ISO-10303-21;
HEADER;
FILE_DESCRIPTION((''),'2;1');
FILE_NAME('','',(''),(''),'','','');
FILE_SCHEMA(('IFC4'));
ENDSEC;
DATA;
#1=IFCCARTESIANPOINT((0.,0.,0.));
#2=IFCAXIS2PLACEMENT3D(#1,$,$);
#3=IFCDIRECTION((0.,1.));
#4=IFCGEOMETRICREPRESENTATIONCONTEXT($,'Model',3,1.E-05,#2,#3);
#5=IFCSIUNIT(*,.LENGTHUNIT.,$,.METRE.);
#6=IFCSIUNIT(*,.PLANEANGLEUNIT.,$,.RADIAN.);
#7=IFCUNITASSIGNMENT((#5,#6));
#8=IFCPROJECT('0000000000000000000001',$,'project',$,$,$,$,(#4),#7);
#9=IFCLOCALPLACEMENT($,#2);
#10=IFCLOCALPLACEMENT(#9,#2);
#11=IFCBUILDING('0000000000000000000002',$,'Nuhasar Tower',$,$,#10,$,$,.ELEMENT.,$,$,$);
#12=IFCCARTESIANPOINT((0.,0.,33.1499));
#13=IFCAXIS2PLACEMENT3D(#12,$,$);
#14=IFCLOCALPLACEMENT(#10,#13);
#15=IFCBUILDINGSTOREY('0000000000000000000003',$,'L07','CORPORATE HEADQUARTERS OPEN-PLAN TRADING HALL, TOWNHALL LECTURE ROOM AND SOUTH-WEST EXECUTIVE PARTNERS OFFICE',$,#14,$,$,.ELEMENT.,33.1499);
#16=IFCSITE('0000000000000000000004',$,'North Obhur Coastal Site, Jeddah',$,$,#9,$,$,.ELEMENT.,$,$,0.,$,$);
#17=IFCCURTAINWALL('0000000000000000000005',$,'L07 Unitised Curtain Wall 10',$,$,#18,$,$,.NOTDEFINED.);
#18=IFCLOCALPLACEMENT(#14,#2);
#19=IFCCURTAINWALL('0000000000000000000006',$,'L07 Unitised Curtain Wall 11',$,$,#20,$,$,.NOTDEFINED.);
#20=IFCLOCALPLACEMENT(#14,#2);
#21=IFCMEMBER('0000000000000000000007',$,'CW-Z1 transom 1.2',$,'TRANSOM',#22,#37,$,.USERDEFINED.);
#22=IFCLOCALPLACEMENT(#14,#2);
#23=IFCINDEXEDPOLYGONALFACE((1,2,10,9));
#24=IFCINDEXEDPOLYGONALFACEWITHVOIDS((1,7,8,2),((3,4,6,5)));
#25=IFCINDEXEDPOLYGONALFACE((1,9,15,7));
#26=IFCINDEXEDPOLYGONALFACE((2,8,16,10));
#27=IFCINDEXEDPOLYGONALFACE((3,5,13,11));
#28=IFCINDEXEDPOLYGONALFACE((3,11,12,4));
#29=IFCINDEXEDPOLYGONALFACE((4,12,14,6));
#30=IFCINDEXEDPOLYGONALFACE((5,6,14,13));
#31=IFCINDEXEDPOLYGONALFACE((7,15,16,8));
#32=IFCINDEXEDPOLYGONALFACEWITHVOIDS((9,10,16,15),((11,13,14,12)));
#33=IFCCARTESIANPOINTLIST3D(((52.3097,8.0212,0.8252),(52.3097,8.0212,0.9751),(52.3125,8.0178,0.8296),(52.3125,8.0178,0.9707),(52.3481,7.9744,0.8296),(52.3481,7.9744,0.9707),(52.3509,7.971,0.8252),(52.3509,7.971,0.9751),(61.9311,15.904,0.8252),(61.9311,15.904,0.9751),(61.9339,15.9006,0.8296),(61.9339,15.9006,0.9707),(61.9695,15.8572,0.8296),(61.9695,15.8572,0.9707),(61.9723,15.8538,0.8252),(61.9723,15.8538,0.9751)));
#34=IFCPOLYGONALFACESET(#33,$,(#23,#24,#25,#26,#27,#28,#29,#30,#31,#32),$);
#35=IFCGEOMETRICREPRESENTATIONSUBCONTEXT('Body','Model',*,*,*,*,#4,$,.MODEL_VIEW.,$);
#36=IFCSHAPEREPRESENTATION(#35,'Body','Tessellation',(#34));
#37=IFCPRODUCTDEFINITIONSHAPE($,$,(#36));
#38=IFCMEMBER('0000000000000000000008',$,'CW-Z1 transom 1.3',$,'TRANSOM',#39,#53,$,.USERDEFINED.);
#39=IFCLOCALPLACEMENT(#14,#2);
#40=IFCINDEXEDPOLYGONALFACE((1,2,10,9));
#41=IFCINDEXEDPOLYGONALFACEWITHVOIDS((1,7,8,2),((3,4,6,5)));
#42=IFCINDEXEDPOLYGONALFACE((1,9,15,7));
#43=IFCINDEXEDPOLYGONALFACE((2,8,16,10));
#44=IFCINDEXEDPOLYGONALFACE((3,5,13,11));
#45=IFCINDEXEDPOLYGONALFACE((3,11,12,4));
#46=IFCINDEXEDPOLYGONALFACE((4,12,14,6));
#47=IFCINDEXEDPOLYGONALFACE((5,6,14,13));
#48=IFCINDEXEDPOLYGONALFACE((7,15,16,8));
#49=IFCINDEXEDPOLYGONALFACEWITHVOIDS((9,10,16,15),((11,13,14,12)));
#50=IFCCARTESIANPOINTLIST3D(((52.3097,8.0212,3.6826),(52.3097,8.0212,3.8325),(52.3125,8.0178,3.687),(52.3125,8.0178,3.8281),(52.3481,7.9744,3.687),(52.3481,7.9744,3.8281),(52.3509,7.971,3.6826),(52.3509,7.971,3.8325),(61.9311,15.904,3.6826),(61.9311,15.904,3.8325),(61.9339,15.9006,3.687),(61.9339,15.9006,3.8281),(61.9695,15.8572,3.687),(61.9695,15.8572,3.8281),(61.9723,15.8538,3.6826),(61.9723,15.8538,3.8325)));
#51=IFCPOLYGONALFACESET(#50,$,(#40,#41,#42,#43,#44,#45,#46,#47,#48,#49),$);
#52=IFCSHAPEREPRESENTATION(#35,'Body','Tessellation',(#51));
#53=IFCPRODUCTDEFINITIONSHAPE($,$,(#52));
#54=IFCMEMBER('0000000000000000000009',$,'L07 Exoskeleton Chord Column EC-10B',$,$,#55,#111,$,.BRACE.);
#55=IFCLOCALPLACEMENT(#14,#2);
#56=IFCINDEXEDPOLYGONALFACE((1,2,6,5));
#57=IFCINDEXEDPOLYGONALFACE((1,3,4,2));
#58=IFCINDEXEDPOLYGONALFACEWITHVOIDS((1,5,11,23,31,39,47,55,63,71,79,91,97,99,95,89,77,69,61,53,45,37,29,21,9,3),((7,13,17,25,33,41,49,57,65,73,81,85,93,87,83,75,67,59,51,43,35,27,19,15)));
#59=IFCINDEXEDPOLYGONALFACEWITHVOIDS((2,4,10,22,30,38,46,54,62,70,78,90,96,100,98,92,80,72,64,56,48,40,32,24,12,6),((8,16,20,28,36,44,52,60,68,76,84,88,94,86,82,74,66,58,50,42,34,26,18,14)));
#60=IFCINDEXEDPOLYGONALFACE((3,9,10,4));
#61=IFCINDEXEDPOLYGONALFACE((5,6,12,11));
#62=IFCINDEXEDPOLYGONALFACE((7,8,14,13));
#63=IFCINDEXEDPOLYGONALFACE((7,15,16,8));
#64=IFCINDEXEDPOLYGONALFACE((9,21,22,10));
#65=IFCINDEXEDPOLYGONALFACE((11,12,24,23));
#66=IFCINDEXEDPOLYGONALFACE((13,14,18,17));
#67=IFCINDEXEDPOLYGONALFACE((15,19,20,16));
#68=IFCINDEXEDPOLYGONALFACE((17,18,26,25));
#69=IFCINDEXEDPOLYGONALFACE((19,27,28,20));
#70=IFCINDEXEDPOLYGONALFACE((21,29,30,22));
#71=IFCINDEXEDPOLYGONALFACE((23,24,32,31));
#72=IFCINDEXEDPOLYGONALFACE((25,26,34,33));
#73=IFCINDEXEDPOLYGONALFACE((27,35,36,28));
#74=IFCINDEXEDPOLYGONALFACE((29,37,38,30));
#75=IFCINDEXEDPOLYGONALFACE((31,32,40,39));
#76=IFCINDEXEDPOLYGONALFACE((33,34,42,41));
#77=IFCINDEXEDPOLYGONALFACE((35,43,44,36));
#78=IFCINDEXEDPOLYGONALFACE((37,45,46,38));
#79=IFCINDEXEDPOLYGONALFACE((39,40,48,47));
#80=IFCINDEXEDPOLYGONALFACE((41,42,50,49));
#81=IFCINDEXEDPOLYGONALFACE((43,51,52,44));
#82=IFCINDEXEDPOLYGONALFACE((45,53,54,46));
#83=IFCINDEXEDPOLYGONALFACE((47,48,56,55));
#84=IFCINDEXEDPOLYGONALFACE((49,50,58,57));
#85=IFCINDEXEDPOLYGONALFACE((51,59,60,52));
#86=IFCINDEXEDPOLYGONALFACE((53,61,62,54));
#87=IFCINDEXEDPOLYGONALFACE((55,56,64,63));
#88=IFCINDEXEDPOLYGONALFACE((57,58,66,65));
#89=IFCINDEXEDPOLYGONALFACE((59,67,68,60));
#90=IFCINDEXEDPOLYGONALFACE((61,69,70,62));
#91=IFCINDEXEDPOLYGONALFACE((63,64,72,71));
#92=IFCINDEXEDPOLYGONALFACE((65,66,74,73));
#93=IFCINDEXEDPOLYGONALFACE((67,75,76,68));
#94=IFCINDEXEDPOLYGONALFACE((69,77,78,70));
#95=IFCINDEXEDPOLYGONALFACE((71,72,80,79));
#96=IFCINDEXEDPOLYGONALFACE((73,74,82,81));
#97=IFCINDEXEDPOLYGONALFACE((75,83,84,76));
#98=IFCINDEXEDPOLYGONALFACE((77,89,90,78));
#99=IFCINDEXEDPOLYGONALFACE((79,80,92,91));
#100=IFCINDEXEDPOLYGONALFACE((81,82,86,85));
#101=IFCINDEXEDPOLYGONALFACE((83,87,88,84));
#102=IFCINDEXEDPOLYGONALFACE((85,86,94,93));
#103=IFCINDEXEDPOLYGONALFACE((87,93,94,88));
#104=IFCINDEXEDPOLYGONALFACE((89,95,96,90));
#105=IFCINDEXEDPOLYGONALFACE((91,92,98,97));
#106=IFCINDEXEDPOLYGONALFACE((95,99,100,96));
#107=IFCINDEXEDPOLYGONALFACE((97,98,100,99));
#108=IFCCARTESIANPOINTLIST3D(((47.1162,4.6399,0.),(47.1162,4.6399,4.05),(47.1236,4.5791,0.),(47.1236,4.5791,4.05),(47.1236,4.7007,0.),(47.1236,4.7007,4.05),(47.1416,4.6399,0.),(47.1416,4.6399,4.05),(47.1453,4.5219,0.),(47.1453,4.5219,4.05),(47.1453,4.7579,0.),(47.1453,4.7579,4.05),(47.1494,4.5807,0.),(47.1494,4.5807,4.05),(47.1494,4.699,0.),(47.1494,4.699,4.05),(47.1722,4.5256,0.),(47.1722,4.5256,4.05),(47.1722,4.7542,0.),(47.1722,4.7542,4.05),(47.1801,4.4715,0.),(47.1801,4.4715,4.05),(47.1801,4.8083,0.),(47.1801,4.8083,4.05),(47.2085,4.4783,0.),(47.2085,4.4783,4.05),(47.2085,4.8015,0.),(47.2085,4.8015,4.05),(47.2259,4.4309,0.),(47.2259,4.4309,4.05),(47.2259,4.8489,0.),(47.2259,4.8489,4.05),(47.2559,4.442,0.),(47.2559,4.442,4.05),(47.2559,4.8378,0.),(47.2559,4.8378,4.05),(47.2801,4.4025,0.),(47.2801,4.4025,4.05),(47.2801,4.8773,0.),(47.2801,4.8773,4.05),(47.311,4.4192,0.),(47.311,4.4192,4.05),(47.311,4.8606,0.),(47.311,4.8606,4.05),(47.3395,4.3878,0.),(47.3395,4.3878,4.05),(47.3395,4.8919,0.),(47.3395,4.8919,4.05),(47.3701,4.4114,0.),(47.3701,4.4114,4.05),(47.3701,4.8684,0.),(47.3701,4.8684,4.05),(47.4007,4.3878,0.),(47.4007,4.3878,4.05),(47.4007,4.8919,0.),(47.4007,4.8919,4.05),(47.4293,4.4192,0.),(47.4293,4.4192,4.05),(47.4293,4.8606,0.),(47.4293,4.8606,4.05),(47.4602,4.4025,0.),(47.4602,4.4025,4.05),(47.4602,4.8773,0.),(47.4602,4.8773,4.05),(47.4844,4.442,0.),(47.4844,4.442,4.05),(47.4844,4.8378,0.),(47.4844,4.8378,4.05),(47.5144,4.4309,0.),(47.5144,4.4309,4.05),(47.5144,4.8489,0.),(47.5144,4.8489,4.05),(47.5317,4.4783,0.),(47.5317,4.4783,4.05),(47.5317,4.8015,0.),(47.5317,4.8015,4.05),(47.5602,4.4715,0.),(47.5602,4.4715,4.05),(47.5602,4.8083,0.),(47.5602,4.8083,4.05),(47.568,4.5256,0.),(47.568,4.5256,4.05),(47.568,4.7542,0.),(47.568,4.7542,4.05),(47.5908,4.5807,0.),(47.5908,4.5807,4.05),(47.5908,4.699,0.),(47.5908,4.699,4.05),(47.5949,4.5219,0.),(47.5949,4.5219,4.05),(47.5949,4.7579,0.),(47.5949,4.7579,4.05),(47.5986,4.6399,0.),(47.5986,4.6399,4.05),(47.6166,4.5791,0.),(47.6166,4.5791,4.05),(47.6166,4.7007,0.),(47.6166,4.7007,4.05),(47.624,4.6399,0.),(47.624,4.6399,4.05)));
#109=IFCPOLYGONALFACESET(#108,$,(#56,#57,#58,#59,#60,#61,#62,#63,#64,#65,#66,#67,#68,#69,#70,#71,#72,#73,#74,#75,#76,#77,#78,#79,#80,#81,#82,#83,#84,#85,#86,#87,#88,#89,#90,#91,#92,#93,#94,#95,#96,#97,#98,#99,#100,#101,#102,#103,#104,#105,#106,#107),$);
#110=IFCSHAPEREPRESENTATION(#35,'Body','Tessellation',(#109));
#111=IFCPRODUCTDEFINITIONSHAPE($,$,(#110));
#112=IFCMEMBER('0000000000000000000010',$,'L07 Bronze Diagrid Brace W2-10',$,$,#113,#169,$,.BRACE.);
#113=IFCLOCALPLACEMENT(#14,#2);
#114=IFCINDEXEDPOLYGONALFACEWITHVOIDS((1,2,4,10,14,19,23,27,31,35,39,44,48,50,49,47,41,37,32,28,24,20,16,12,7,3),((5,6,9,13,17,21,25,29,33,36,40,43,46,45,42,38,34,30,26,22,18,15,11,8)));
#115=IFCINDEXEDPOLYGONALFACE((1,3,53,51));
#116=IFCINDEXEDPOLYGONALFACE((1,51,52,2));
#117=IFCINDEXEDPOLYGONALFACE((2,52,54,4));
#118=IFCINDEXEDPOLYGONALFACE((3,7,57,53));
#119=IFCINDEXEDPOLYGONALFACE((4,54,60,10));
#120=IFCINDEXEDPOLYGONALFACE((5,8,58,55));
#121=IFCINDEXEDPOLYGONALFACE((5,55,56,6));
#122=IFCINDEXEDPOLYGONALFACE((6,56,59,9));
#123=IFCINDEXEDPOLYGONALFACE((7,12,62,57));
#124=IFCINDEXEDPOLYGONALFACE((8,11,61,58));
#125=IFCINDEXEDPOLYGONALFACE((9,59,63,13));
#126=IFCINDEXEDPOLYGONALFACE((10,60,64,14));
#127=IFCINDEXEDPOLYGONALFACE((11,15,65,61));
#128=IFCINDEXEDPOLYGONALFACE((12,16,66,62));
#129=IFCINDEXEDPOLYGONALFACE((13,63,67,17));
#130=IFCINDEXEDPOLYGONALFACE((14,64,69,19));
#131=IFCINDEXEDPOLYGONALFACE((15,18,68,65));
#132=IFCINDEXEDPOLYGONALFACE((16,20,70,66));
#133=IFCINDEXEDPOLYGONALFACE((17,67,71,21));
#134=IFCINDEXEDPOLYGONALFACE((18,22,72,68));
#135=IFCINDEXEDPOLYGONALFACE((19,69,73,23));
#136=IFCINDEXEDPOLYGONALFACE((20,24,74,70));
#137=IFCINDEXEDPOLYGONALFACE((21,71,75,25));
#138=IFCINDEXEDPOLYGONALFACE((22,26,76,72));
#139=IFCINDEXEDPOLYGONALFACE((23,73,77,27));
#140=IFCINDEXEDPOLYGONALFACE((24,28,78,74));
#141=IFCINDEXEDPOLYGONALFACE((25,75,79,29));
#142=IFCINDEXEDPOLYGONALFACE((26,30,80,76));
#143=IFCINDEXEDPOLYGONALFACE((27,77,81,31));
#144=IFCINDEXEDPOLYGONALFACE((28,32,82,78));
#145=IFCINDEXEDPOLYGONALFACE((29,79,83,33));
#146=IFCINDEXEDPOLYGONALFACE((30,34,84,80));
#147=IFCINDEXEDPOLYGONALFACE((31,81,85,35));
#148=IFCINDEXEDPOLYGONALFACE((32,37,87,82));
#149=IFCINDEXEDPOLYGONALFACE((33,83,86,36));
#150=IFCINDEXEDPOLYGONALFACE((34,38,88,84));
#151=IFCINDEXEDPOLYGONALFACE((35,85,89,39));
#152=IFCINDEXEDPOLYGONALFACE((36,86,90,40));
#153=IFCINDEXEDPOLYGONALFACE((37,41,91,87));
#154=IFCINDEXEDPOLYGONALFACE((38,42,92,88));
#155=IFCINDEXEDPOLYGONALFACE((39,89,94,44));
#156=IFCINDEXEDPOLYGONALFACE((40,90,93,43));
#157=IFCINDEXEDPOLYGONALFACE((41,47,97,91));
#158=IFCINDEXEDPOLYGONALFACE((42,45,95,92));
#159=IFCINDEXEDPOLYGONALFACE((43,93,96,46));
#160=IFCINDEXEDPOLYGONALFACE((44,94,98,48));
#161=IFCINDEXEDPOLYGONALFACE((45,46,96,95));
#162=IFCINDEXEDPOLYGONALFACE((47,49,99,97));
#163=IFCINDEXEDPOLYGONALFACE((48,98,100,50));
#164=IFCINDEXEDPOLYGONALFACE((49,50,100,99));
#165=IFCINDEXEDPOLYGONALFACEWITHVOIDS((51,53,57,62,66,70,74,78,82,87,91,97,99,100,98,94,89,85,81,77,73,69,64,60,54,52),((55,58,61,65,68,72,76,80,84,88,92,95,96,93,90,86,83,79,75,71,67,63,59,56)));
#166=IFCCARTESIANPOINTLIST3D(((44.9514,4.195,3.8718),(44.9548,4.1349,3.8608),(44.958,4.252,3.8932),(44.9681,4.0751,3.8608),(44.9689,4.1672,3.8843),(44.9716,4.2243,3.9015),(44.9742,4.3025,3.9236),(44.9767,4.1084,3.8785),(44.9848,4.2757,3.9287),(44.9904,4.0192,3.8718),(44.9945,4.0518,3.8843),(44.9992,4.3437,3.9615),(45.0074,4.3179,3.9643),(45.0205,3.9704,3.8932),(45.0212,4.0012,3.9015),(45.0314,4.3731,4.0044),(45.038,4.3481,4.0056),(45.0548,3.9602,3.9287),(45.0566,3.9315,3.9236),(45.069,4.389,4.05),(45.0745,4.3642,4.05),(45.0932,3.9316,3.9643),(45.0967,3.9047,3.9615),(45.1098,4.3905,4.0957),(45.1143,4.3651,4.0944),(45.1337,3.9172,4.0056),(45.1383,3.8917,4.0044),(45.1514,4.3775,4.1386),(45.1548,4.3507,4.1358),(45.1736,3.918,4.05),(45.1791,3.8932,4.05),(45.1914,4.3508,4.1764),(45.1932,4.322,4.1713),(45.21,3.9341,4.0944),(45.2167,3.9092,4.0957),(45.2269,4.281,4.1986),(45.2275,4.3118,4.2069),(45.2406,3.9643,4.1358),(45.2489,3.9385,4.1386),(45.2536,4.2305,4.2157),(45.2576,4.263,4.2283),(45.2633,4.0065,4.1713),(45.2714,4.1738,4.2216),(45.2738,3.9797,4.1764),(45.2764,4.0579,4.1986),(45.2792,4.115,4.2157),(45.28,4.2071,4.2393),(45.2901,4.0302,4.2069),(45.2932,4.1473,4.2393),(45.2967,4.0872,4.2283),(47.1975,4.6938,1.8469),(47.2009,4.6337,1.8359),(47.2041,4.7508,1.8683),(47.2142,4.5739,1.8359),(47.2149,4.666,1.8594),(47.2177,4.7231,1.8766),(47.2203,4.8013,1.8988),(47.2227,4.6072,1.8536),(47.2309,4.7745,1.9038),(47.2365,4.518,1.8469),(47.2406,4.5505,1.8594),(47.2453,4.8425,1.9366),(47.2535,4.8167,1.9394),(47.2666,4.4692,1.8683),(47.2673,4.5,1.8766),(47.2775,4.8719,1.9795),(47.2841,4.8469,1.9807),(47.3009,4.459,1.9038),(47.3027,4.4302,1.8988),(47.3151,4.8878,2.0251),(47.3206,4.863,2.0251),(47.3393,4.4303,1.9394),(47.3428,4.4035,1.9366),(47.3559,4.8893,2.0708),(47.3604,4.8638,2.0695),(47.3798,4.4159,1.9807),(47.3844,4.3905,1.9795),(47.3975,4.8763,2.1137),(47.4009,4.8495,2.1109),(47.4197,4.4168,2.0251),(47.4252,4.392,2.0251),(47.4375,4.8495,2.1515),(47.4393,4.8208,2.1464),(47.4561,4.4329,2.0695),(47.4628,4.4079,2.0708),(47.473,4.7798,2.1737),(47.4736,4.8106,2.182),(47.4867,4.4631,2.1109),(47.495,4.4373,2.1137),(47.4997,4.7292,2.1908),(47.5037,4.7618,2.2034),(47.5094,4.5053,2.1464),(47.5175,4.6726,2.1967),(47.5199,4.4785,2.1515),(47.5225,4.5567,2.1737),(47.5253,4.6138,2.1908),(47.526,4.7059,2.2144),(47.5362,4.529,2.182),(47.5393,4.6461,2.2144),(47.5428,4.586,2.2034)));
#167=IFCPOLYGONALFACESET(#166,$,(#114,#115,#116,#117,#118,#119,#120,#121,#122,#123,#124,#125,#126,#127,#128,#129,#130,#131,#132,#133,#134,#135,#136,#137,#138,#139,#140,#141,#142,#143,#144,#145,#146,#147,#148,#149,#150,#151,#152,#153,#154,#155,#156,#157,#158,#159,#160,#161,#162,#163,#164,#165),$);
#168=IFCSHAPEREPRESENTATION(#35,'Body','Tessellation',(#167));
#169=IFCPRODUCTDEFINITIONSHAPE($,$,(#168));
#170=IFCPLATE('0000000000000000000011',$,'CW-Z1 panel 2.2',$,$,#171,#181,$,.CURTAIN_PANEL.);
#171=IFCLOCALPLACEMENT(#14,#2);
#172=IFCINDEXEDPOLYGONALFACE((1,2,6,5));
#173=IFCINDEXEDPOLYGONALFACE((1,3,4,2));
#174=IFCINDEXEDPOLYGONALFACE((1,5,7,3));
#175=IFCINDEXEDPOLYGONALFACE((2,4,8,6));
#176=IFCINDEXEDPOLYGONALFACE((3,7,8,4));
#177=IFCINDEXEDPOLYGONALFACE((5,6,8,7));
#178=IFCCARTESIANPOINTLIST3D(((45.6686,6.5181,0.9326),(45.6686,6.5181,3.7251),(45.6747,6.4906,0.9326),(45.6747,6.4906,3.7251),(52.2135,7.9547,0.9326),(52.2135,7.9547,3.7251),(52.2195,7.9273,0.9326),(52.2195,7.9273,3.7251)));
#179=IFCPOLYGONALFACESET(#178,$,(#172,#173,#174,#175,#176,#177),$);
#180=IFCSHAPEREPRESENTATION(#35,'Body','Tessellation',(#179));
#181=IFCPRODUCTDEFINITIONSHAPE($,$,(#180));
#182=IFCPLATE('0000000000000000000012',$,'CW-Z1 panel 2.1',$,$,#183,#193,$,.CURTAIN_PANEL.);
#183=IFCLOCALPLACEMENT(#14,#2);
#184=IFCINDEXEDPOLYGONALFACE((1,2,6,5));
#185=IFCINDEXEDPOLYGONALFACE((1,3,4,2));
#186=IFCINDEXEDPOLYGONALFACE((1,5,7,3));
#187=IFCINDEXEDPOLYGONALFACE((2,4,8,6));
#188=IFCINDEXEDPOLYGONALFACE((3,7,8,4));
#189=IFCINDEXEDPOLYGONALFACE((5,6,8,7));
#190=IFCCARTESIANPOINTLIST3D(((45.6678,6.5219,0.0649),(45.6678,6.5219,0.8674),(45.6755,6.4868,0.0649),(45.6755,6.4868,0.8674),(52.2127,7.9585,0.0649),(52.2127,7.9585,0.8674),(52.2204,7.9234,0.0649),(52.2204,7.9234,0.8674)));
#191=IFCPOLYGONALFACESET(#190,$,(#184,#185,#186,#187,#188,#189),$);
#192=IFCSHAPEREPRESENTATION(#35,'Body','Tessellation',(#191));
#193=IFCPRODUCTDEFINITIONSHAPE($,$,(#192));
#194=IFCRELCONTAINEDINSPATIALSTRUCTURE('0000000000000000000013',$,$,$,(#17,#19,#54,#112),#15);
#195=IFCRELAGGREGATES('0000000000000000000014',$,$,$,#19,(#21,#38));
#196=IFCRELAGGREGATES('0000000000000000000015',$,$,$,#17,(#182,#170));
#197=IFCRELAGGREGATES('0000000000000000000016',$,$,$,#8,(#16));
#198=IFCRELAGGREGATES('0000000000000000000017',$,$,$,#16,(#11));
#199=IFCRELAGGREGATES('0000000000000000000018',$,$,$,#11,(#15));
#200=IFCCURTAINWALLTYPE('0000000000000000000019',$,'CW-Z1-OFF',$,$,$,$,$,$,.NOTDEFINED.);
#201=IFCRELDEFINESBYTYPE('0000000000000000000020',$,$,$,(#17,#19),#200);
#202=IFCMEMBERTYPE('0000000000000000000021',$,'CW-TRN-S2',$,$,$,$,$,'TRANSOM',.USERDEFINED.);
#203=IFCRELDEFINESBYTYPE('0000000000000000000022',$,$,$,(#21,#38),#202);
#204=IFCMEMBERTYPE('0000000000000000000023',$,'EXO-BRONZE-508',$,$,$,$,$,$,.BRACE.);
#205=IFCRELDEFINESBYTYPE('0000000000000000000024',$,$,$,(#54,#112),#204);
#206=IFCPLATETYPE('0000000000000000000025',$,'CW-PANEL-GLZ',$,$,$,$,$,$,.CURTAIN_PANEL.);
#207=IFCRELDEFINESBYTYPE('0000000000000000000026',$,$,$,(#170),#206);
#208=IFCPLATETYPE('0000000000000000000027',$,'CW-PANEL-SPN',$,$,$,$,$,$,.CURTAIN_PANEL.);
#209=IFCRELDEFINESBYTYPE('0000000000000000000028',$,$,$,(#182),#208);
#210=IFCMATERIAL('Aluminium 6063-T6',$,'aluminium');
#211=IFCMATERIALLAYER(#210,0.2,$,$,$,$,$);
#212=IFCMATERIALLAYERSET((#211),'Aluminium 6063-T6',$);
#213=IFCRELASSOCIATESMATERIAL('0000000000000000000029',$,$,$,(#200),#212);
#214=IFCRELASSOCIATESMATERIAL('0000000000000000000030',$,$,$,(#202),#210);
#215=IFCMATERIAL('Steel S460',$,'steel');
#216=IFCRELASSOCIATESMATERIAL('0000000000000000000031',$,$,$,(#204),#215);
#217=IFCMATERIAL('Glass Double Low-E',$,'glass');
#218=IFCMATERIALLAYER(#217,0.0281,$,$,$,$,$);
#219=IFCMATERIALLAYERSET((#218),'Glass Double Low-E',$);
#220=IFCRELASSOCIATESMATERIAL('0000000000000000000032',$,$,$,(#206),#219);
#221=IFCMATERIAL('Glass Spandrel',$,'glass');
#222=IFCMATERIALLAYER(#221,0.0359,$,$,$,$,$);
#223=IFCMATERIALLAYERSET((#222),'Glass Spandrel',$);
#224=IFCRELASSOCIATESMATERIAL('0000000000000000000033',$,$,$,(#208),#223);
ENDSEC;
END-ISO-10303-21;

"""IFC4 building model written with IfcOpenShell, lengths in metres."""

from ifc_helpers import new_model, si_unit, direction, frame, origin, origin_2d, place, context, subcontext, project, spatial, rectangle, hollow_rectangle, hollow_circle, extrude, material, layer, layer_set, material_profile, profile_set, type_object, element, aggregate, save


model = new_model("IFC4")

# Units and contexts
model_context = context("Model", 3, precision=1e-05, world=origin(), true_north=direction((0.0, 1.0)))
body_context = subcontext(model_context, "Body", "Model", "MODEL_VIEW")
ifc_project = project(units=[si_unit("LENGTHUNIT", "METRE"), si_unit("PLANEANGLEUNIT", "RADIAN")], contexts=[model_context])

# Site, building, storey
site_placement = place(None, origin())
site = spatial("IfcSite", under=ifc_project, at=site_placement, Name="North Obhur Coastal Site, Jeddah", CompositionType="ELEMENT", RefElevation=0.0)
building_placement = place(site_placement, origin())
building = spatial("IfcBuilding", under=site, at=building_placement, Name="Nuhasar Tower", CompositionType="ELEMENT")
storey_placement = place(building_placement, frame((0.0, 0.0, 33.1499)))
storey = spatial("IfcBuildingStorey", under=building, at=storey_placement, Name="L07", Description="CORPORATE HEADQUARTERS OPEN-PLAN TRADING HALL, TOWNHALL LECTURE ROOM AND SOUTH-WEST EXECUTIVE PARTNERS OFFICE", CompositionType="ELEMENT", Elevation=33.1499)

# Curtain wall
ifc_material_1 = material(Name="Aluminium 6063-T6", Category="aluminium")
ifc_layer_1 = layer(ifc_material_1, 0.2)
ifc_layer_set_1 = layer_set([ifc_layer_1], Name="Aluminium 6063-T6")
curtain_wall_type = type_object("IfcCurtainWallType", Name="CW-Z1-OFF", PredefinedType="NOTDEFINED", material=ifc_layer_set_1)
curtain_wall_1_placement = place(storey_placement, origin())
curtain_wall_1 = element("IfcCurtainWall", 1, at=curtain_wall_1_placement, inside=storey, type_object=curtain_wall_type, Name="L07 Unitised Curtain Wall 10", PredefinedType="NOTDEFINED")

# Curtain wall, members
curtain_wall_2_placement = place(storey_placement, origin())
curtain_wall_2 = element("IfcCurtainWall", 2, at=curtain_wall_2_placement, inside=storey, type_object=curtain_wall_type, Name="L07 Unitised Curtain Wall 11", PredefinedType="NOTDEFINED")
ifc_material_profile_1 = material_profile(ifc_material_1, hollow_rectangle(XDim=0.0649, YDim=0.1499, WallThickness=0.0044, at=origin_2d()), Name="CWT-2")
ifc_profile_set_1 = profile_set([ifc_material_profile_1], Name="Aluminium 6063-T6")
member_type_1 = type_object("IfcMemberType", Name="CW-TRN-S2", ElementType="TRANSOM", PredefinedType="USERDEFINED", material=ifc_profile_set_1)
member_1_placement = place(storey_placement, frame((52.3303, 7.9961, 0.9001), z_axis=(0.773531, 0.633758, 0.0), x_axis=(-0.633758, 0.773531, 0.0)))
member_1 = element("IfcMember", 3, at=member_1_placement, type_object=member_type_1, Name="CW-Z1 transom 1.2", ObjectType="TRANSOM", PredefinedType="USERDEFINED", context=body_context, shape_type="SweptSolid", body=[
    extrude(hollow_rectangle(XDim=0.0649, YDim=0.1499, WallThickness=0.0044, at=origin_2d()), origin(), (0.0, 0.0, 1.0), 12.4382),
])
member_2_placement = place(storey_placement, frame((52.3303, 7.9961, 3.7576), z_axis=(0.773531, 0.633758, 0.0), x_axis=(-0.633758, 0.773531, 0.0)))
member_2 = element("IfcMember", 4, at=member_2_placement, type_object=member_type_1, Name="CW-Z1 transom 1.3", ObjectType="TRANSOM", PredefinedType="USERDEFINED", context=body_context, shape_type="SweptSolid", body=[
    extrude(hollow_rectangle(XDim=0.0649, YDim=0.1499, WallThickness=0.0044, at=origin_2d()), origin(), (0.0, 0.0, 1.0), 12.4382),
])
aggregate(curtain_wall_2, [member_1, member_2])

# Members
ifc_material_2 = material(Name="Steel S460", Category="steel")
ifc_material_profile_2 = material_profile(ifc_material_2, hollow_circle(Radius=0.2539, WallThickness=0.0254, at=origin_2d()), Name="HSS508X25.4")
ifc_profile_set_2 = profile_set([ifc_material_profile_2], Name="Steel S460")
member_type_2 = type_object("IfcMemberType", Name="EXO-BRONZE-508", PredefinedType="BRACE", material=ifc_profile_set_2)
member_3_placement = place(storey_placement, frame((47.3701, 4.6399, 0.0), z_axis=(0.0, 0.0, 1.0), x_axis=(1.0, 0.0, 0.0)))
element("IfcMember", 5, at=member_3_placement, inside=storey, type_object=member_type_2, Name="L07 Exoskeleton Chord Column EC-10B", PredefinedType="BRACE", context=body_context, shape_type="SweptSolid", body=[
    extrude(hollow_circle(Radius=0.2539, WallThickness=0.0254, at=origin_2d()), origin(), (0.0, 0.0, 1.0), 4.05),
])
member_4_placement = place(storey_placement, frame((47.3701, 4.6399, 2.0251), z_axis=(-0.732831, -0.162736, 0.660663), x_axis=(0.216784, -0.97622, 0.0)))
element("IfcMember", 6, at=member_4_placement, inside=storey, type_object=member_type_2, Name="L07 Bronze Diagrid Brace W2-10", PredefinedType="BRACE", context=body_context, shape_type="SweptSolid", body=[
    extrude(hollow_circle(Radius=0.2539, WallThickness=0.0254, at=origin_2d()), origin(), (0.0, 0.0, 1.0), 3.0649),
])

# Plates
ifc_material_3 = material(Name="Glass Double Low-E", Category="glass")
ifc_layer_2 = layer(ifc_material_3, 0.0281)
ifc_layer_set_2 = layer_set([ifc_layer_2], Name="Glass Double Low-E")
plate_type_1 = type_object("IfcPlateType", Name="CW-PANEL-GLZ", PredefinedType="CURTAIN_PANEL", material=ifc_layer_set_2)
plate_1_placement = place(storey_placement, frame((48.9441, 7.2227, 0.9326), z_axis=(0.0, 0.0, 1.0), x_axis=(0.976746, 0.214399, 0.0)))
plate_1 = element("IfcPlate", 7, at=plate_1_placement, type_object=plate_type_1, Name="CW-Z1 panel 2.2", PredefinedType="CURTAIN_PANEL", context=body_context, shape_type="SweptSolid", body=[
    extrude(rectangle(XDim=6.7007, YDim=0.0281, at=origin_2d()), origin(), (0.0, 0.0, 1.0), 2.7925),
])
ifc_material_4 = material(Name="Glass Spandrel", Category="glass")
ifc_layer_3 = layer(ifc_material_4, 0.0359)
ifc_layer_set_3 = layer_set([ifc_layer_3], Name="Glass Spandrel")
plate_type_2 = type_object("IfcPlateType", Name="CW-PANEL-SPN", PredefinedType="CURTAIN_PANEL", material=ifc_layer_set_3)
plate_2_placement = place(storey_placement, frame((48.9441, 7.2227, 0.0649), z_axis=(0.0, 0.0, 1.0), x_axis=(0.976746, 0.214399, 0.0)))
plate_2 = element("IfcPlate", 8, at=plate_2_placement, type_object=plate_type_2, Name="CW-Z1 panel 2.1", PredefinedType="CURTAIN_PANEL", context=body_context, shape_type="SweptSolid", body=[
    extrude(rectangle(XDim=6.7007, YDim=0.0359, at=origin_2d()), origin(), (0.0, 0.0, 1.0), 0.8025),
])
aggregate(curtain_wall_1, [plate_2, plate_1])

save(model, "model.ifc")
